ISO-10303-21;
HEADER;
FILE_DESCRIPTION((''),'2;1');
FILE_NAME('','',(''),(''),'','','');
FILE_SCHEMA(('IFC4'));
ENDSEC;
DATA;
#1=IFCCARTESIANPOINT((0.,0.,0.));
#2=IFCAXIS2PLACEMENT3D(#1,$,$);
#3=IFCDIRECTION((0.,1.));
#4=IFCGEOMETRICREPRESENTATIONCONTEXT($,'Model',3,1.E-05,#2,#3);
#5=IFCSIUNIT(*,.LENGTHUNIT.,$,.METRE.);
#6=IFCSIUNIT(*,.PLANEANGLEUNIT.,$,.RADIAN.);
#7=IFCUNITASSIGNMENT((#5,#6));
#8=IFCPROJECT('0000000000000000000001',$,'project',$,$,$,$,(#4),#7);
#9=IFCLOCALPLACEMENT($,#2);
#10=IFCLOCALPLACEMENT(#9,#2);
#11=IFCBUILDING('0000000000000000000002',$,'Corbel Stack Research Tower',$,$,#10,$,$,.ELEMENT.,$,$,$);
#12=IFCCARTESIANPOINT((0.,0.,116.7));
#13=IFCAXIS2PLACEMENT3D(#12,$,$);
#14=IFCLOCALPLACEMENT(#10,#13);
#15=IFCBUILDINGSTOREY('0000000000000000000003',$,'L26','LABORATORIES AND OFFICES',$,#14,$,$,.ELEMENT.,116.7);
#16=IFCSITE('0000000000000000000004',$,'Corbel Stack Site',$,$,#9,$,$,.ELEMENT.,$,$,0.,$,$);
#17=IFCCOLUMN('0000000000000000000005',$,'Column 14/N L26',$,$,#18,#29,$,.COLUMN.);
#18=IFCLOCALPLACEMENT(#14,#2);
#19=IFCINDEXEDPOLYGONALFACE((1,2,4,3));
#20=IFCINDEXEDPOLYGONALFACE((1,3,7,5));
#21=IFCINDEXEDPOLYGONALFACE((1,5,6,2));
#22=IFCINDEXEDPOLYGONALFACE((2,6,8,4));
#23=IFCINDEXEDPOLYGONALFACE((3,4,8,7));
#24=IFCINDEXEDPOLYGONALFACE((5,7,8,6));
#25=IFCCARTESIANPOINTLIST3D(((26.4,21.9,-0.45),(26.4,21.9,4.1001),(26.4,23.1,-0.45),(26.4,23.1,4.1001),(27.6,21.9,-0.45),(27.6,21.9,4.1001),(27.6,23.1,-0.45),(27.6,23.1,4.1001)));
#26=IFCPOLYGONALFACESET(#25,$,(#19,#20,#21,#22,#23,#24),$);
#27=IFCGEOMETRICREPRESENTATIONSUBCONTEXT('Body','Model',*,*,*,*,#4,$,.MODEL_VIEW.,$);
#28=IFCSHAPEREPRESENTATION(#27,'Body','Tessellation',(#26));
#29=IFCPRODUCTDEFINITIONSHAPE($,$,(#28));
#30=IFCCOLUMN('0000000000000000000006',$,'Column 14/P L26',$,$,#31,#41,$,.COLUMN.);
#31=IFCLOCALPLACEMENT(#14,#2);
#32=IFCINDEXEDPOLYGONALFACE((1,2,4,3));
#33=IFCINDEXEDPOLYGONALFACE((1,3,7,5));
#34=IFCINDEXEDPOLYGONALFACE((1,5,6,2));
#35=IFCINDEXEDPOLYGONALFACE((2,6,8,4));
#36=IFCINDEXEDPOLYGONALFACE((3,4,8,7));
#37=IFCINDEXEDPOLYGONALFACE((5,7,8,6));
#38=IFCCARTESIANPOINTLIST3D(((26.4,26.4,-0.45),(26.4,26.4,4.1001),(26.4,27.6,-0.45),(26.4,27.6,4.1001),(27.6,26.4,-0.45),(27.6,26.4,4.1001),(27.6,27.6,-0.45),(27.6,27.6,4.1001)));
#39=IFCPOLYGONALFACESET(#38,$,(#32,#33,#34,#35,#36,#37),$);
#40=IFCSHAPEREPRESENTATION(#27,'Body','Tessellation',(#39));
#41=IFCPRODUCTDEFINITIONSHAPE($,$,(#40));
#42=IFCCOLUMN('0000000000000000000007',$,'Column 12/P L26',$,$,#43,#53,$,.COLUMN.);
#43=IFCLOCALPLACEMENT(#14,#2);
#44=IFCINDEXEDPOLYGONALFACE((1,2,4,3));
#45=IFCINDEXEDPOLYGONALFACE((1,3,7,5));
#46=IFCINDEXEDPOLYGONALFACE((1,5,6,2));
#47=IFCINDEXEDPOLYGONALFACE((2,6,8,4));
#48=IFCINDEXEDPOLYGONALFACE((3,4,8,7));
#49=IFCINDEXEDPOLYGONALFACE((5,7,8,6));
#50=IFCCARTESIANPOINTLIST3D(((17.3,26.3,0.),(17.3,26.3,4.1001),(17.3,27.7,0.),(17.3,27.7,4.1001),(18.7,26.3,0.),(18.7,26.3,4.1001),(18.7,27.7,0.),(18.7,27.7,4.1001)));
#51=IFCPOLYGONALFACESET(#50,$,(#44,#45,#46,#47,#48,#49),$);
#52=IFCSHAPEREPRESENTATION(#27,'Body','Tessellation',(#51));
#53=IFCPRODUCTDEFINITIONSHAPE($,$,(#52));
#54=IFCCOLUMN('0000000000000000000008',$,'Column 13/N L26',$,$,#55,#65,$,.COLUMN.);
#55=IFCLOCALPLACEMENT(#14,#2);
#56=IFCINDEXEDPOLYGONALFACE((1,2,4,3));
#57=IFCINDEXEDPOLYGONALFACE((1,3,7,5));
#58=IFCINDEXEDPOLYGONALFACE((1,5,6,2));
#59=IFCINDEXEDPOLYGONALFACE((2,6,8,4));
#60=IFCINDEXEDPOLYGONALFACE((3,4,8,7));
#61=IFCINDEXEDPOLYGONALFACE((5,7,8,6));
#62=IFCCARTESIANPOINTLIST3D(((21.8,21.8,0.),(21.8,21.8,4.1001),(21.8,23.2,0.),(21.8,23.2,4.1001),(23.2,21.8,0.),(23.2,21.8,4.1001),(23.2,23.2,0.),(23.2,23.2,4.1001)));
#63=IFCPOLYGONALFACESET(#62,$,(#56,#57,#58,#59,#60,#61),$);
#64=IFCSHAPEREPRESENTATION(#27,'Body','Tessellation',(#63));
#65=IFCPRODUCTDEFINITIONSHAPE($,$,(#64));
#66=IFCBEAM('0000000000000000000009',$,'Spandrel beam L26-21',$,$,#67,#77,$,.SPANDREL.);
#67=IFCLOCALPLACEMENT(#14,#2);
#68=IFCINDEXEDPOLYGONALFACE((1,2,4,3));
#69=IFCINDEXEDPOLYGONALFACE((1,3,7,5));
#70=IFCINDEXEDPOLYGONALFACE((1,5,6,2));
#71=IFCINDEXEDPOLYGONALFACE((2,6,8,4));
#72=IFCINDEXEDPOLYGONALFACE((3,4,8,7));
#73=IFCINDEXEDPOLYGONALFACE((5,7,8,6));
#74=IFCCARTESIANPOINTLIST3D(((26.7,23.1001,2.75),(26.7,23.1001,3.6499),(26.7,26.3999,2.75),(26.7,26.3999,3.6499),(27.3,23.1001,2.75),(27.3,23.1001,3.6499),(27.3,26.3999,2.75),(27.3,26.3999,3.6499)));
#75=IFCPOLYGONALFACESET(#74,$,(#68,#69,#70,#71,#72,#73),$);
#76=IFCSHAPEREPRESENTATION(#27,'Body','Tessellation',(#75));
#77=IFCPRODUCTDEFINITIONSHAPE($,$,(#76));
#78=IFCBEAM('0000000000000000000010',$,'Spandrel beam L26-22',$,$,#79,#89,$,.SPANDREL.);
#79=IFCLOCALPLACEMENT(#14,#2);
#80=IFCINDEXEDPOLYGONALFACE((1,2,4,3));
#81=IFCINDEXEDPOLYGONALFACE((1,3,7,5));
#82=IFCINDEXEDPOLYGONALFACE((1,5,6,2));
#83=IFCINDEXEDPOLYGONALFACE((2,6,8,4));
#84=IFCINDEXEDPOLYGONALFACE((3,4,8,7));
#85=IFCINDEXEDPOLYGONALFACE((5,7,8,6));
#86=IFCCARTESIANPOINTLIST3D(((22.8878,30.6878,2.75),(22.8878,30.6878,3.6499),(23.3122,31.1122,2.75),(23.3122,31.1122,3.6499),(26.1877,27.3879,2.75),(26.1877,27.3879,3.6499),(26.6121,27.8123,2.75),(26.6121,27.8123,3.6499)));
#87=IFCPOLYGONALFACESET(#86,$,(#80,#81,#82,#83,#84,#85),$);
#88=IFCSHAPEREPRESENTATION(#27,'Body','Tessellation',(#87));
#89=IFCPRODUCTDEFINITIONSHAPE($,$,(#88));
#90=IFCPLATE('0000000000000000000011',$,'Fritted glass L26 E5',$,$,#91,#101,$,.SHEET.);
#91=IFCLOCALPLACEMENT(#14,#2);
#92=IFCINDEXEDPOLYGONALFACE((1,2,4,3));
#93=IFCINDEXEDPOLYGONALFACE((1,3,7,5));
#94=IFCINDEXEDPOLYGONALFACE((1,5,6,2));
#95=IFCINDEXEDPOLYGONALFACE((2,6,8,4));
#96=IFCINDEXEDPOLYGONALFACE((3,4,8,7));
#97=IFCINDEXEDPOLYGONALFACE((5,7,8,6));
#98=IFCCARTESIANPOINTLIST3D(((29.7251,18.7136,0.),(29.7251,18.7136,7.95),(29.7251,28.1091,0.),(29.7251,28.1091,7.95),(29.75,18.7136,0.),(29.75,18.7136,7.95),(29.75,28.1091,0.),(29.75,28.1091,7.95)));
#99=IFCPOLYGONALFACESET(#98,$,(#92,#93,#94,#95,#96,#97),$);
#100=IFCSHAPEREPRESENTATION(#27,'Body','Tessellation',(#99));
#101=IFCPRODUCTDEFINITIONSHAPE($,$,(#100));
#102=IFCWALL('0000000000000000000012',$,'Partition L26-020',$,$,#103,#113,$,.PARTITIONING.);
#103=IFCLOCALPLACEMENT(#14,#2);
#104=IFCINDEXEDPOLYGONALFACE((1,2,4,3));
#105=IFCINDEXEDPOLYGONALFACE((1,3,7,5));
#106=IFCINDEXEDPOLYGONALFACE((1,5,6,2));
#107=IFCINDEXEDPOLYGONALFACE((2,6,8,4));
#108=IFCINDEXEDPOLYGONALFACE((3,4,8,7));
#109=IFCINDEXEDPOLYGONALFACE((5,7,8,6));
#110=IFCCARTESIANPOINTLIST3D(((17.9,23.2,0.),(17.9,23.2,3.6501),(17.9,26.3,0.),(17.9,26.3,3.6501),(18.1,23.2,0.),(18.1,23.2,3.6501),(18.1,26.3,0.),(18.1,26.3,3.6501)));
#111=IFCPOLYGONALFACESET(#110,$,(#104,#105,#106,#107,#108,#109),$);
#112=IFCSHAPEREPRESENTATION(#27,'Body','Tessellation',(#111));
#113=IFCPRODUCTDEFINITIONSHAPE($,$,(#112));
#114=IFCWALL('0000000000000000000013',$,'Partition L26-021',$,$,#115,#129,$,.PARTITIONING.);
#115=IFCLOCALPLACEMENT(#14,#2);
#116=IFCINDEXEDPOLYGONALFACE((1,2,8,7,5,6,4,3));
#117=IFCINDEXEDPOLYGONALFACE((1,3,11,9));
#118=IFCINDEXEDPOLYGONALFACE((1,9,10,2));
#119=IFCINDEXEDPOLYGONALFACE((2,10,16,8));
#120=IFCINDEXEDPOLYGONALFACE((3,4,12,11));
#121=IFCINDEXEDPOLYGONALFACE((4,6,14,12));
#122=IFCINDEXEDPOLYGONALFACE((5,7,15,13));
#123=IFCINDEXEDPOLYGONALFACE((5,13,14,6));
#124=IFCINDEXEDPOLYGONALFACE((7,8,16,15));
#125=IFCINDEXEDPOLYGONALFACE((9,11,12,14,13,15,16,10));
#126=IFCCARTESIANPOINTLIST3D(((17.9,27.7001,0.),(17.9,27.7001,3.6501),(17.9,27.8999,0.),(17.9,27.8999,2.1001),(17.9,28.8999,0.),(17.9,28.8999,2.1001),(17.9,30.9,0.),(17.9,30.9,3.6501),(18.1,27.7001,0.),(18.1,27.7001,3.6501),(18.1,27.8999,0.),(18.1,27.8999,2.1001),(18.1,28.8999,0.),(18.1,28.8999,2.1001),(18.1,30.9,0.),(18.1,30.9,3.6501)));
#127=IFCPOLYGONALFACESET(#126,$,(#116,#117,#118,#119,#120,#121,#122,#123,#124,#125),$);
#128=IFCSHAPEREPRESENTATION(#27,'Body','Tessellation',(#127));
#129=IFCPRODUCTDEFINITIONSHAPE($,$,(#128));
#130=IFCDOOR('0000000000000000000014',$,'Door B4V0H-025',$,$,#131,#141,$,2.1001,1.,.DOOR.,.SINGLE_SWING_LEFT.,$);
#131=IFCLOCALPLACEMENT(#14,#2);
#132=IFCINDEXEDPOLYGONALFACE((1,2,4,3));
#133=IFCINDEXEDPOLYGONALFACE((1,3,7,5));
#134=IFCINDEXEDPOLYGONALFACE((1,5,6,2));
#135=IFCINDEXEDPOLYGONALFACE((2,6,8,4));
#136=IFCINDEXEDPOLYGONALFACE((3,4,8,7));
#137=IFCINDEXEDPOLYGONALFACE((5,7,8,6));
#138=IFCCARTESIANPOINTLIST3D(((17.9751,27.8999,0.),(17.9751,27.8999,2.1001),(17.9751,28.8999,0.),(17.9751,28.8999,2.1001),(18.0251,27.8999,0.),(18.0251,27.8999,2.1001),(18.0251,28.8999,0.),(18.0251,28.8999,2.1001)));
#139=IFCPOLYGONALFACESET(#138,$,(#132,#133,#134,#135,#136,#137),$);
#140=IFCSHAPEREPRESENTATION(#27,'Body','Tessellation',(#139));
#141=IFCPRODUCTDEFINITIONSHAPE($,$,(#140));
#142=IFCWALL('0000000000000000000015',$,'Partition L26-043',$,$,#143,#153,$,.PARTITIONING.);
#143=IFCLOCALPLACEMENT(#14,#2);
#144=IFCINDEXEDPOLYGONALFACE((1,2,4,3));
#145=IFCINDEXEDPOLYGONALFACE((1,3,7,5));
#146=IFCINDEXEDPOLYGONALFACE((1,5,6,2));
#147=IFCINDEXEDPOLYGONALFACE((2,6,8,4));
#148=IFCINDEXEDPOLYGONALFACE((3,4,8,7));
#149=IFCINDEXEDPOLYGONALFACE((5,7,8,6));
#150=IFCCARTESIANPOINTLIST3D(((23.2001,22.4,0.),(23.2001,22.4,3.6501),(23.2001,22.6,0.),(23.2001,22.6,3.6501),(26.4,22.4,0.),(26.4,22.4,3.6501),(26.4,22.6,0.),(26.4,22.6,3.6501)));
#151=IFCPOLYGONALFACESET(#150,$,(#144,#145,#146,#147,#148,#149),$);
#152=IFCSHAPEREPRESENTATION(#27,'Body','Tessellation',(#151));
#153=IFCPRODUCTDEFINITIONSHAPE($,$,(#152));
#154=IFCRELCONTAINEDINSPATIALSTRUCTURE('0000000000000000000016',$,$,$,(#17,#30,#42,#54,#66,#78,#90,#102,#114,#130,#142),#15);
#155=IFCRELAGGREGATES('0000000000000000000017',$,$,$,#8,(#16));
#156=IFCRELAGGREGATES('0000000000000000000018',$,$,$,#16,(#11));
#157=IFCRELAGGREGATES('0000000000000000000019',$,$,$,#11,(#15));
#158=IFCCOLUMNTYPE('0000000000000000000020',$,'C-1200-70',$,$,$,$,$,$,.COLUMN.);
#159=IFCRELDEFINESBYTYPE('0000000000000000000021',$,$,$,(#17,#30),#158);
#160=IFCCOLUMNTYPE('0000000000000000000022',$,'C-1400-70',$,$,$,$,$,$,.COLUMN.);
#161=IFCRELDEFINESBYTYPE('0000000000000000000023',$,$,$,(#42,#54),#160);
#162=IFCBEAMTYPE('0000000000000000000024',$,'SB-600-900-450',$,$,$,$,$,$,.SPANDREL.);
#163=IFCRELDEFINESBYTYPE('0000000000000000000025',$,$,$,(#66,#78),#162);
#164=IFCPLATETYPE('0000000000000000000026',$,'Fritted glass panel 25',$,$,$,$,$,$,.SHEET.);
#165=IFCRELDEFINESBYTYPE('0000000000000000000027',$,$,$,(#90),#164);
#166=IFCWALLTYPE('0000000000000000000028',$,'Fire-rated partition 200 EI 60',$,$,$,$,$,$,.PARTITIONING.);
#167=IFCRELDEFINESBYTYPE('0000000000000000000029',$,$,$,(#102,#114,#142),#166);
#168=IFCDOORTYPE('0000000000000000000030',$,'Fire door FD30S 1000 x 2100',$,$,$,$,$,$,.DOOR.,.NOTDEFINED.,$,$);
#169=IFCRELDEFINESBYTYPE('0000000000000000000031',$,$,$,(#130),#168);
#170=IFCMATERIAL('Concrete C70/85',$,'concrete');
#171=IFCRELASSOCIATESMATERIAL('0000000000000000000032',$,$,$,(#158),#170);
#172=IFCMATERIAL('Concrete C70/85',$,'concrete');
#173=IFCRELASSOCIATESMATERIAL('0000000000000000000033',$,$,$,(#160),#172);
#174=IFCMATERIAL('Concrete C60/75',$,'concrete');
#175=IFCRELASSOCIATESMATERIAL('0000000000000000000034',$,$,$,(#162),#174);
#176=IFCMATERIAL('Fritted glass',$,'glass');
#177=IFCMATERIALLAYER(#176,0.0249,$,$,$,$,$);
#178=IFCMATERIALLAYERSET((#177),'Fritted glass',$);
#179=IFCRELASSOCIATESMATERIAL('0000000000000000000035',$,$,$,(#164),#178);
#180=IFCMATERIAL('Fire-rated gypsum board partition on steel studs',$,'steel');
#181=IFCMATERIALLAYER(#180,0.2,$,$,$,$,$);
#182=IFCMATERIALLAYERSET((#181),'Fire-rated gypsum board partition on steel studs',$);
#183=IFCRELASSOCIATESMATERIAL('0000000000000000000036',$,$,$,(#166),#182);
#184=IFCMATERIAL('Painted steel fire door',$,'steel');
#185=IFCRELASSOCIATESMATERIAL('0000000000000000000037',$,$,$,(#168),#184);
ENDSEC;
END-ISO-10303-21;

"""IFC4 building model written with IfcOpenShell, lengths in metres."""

from ifc_helpers import new_model, si_unit, direction, frame, frame_2d, origin, origin_2d, place, context, subcontext, project, spatial, rectangle, extrude, material, layer, layer_set, material_profile, profile_set, type_object, element, fill, save


model = new_model("IFC4")

# Units and contexts
model_context = context("Model", 3, precision=1e-05, world=origin(), true_north=direction((0.0, 1.0)))
body_context = subcontext(model_context, "Body", "Model", "MODEL_VIEW")
ifc_project = project(units=[si_unit("LENGTHUNIT", "METRE"), si_unit("PLANEANGLEUNIT", "RADIAN")], contexts=[model_context])

# Site, building, storey
site_placement = place(None, origin())
site = spatial("IfcSite", under=ifc_project, at=site_placement, Name="Corbel Stack Site", CompositionType="ELEMENT", RefElevation=0.0)
building_placement = place(site_placement, origin())
building = spatial("IfcBuilding", under=site, at=building_placement, Name="Corbel Stack Research Tower", CompositionType="ELEMENT")
storey_placement = place(building_placement, frame((0.0, 0.0, 116.7)))
storey = spatial("IfcBuildingStorey", under=building, at=storey_placement, Name="L26", Description="LABORATORIES AND OFFICES", CompositionType="ELEMENT", Elevation=116.7)

# Columns
ifc_material_1 = material(Name="Concrete C70/85", Category="concrete")
ifc_material_profile_1 = material_profile(ifc_material_1, rectangle(XDim=1.2, YDim=1.2, at=origin_2d()), Name="RC 1200 x 1200")
ifc_profile_set_1 = profile_set([ifc_material_profile_1], Name="Concrete C70/85")
column_type_1 = type_object("IfcColumnType", Name="C-1200-70", PredefinedType="COLUMN", material=ifc_profile_set_1)
for number, where, z_axis, x_axis, name in (
    (1, (27.0, 22.5, -0.45), (0.0, 0.0, 1.0), (1.0, 0.0, 0.0), "Column 14/N L26"),
    (2, (27.0, 27.0, -0.45), (0.0, 0.0, 1.0), (1.0, 0.0, 0.0), "Column 14/P L26"),
):
    element("IfcColumn", number, at=place(storey_placement, frame(where, z_axis=z_axis, x_axis=x_axis)), inside=storey, type_object=column_type_1, Name=name, PredefinedType="COLUMN", context=body_context, shape_type="SweptSolid", body=[
        extrude(rectangle(XDim=1.2, YDim=1.2, at=origin_2d()), origin(), (0.0, 0.0, 1.0), 4.55),
    ])
ifc_material_2 = material(Name="Concrete C70/85", Category="concrete")
ifc_material_profile_2 = material_profile(ifc_material_2, rectangle(XDim=1.3999, YDim=1.3999, at=origin_2d()), Name="RC 1400 x 1400")
ifc_profile_set_2 = profile_set([ifc_material_profile_2], Name="Concrete C70/85")
column_type_2 = type_object("IfcColumnType", Name="C-1400-70", PredefinedType="COLUMN", material=ifc_profile_set_2)
for number, where, z_axis, x_axis, name in (
    (3, (18.0, 27.0, 0.0), (0.0, 0.0, 1.0), (1.0, 0.0, 0.0), "Column 12/P L26"),
    (4, (22.5, 22.5, 0.0), (0.0, 0.0, 1.0), (1.0, 0.0, 0.0), "Column 13/N L26"),
):
    element("IfcColumn", number, at=place(storey_placement, frame(where, z_axis=z_axis, x_axis=x_axis)), inside=storey, type_object=column_type_2, Name=name, PredefinedType="COLUMN", context=body_context, shape_type="SweptSolid", body=[
        extrude(rectangle(XDim=1.3999, YDim=1.3999, at=origin_2d()), origin(), (0.0, 0.0, 1.0), 4.1001),
    ])

# Beams
ifc_material_3 = material(Name="Concrete C60/75", Category="concrete")
ifc_material_profile_3 = material_profile(ifc_material_3, rectangle(XDim=0.6001, YDim=0.8999, at=origin_2d()), Name="RC 600 x 900")
ifc_profile_set_3 = profile_set([ifc_material_profile_3], Name="Concrete C60/75")
beam_type = type_object("IfcBeamType", Name="SB-600-900-450", PredefinedType="SPANDREL", material=ifc_profile_set_3)
beam_1_placement = place(storey_placement, frame((27.0, 23.1001, 3.2), z_axis=(0.0, 1.0, 0.0), x_axis=(-1.0, 0.0, 0.0)))
element("IfcBeam", 5, at=beam_1_placement, inside=storey, type_object=beam_type, Name="Spandrel beam L26-21", PredefinedType="SPANDREL", context=body_context, shape_type="SweptSolid", body=[
    extrude(rectangle(XDim=0.6001, YDim=0.8999, at=origin_2d()), origin(), (0.0, 0.0, 1.0), 3.2998),
])
beam_2_placement = place(storey_placement, frame((26.3999, 27.6001, 3.2), z_axis=(-0.707107, 0.707107, 0.0), x_axis=(-0.707107, -0.707107, 0.0)))
element("IfcBeam", 6, at=beam_2_placement, inside=storey, type_object=beam_type, Name="Spandrel beam L26-22", PredefinedType="SPANDREL", context=body_context, shape_type="SweptSolid", body=[
    extrude(rectangle(XDim=0.6001, YDim=0.8999, at=origin_2d()), origin(), (0.0, 0.0, 1.0), 4.6667),
])

# Plate
ifc_material_4 = material(Name="Fritted glass", Category="glass")
ifc_layer_1 = layer(ifc_material_4, 0.0249)
ifc_layer_set_1 = layer_set([ifc_layer_1], Name="Fritted glass")
plate_type = type_object("IfcPlateType", Name="Fritted glass panel 25", PredefinedType="SHEET", material=ifc_layer_set_1)
plate_placement = place(storey_placement, frame((29.7375, 23.4114, 0.0), z_axis=(0.0, 0.0, 1.0), x_axis=(0.0, 1.0, 0.0)))
element("IfcPlate", 7, at=plate_placement, inside=storey, type_object=plate_type, Name="Fritted glass L26 E5", PredefinedType="SHEET", context=body_context, shape_type="SweptSolid", body=[
    extrude(rectangle(XDim=9.3955, YDim=0.0249, at=origin_2d()), origin(), (0.0, 0.0, 1.0), 7.95),
])

# Wall
ifc_material_5 = material(Name="Fire-rated gypsum board partition on steel studs", Category="steel")
ifc_layer_2 = layer(ifc_material_5, 0.2)
ifc_layer_set_2 = layer_set([ifc_layer_2], Name="Fire-rated gypsum board partition on steel studs")
wall_type_1 = type_object("IfcWallType", Name="Fire-rated partition 200 EI 60", PredefinedType="PARTITIONING", material=ifc_layer_set_2)
wall_1_placement = place(storey_placement, frame((18.0, 23.2, 0.0), z_axis=(0.0, 0.0, 1.0), x_axis=(0.0, 1.0, 0.0)))
element("IfcWall", 8, at=wall_1_placement, inside=storey, type_object=wall_type_1, Name="Partition L26-020", PredefinedType="PARTITIONING", context=body_context, shape_type="SweptSolid", body=[
    extrude(rectangle(XDim=3.1001, YDim=0.2, at=frame_2d((1.55, 0.0))), origin(), (0.0, 0.0, 1.0), 3.6501),
])

# Wall, opening, door
wall_2_placement = place(storey_placement, frame((18.0, 27.7, 0.0), z_axis=(0.0, 0.0, 1.0), x_axis=(0.0, 1.0, 0.0)))
wall_2 = element("IfcWall", 9, at=wall_2_placement, inside=storey, type_object=wall_type_1, Name="Partition L26-021", PredefinedType="PARTITIONING", context=body_context, shape_type="SweptSolid", body=[
    extrude(rectangle(XDim=3.2, YDim=0.2, at=frame_2d((1.6001, 0.0))), origin(), (0.0, 0.0, 1.0), 3.6501),
])
opening_1_placement = place(wall_2_placement, frame((0.2, 0.0, 0.0)))
opening_1 = element("IfcOpeningElement", 10, at=opening_1_placement, cuts=wall_2, PredefinedType="OPENING", context=body_context, shape_type="SweptSolid", body=[
    extrude(rectangle(XDim=1.0, YDim=2.1001, at=frame_2d((0.5, 1.05))), frame((0.0, 0.1099, 0.0), z_axis=(0.0, -1.0, 0.0), x_axis=(1.0, 0.0, 0.0)), (0.0, 0.0, 1.0), 0.22),
])
ifc_material_6 = material(Name="Painted steel fire door", Category="steel")
door_type_1 = type_object("IfcDoorType", Name="Fire door FD30S 1000 x 2100", OperationType="NOTDEFINED", PredefinedType="DOOR", material=ifc_material_6)
door_1_placement = place(opening_1_placement, origin())
door_1 = element("IfcDoor", 11, at=door_1_placement, inside=storey, type_object=door_type_1, Name="Door B4V0H-025", OperationType="SINGLE_SWING_LEFT", OverallHeight=2.1001, OverallWidth=1.0, PredefinedType="DOOR", context=body_context, shape_type="SweptSolid", body=[
    extrude(rectangle(XDim=1.0, YDim=2.1001, at=frame_2d((0.5, 1.05))), frame((0.0, 0.0249, 0.0), z_axis=(0.0, -1.0, 0.0), x_axis=(1.0, 0.0, 0.0)), (0.0, 0.0, 1.0), 0.05),
])
fill(opening_1, door_1)

# Wall
wall_3_placement = place(storey_placement, frame((23.2, 22.5, 0.0), z_axis=(0.0, 0.0, 1.0), x_axis=(1.0, 0.0, 0.0)))
element("IfcWall", 12, at=wall_3_placement, inside=storey, type_object=wall_type_1, Name="Partition L26-043", PredefinedType="PARTITIONING", context=body_context, shape_type="SweptSolid", body=[
    extrude(rectangle(XDim=3.2, YDim=0.2, at=frame_2d((1.6001, 0.0))), origin(), (0.0, 0.0, 1.0), 3.6501),
])

save(model, "model.ifc")
